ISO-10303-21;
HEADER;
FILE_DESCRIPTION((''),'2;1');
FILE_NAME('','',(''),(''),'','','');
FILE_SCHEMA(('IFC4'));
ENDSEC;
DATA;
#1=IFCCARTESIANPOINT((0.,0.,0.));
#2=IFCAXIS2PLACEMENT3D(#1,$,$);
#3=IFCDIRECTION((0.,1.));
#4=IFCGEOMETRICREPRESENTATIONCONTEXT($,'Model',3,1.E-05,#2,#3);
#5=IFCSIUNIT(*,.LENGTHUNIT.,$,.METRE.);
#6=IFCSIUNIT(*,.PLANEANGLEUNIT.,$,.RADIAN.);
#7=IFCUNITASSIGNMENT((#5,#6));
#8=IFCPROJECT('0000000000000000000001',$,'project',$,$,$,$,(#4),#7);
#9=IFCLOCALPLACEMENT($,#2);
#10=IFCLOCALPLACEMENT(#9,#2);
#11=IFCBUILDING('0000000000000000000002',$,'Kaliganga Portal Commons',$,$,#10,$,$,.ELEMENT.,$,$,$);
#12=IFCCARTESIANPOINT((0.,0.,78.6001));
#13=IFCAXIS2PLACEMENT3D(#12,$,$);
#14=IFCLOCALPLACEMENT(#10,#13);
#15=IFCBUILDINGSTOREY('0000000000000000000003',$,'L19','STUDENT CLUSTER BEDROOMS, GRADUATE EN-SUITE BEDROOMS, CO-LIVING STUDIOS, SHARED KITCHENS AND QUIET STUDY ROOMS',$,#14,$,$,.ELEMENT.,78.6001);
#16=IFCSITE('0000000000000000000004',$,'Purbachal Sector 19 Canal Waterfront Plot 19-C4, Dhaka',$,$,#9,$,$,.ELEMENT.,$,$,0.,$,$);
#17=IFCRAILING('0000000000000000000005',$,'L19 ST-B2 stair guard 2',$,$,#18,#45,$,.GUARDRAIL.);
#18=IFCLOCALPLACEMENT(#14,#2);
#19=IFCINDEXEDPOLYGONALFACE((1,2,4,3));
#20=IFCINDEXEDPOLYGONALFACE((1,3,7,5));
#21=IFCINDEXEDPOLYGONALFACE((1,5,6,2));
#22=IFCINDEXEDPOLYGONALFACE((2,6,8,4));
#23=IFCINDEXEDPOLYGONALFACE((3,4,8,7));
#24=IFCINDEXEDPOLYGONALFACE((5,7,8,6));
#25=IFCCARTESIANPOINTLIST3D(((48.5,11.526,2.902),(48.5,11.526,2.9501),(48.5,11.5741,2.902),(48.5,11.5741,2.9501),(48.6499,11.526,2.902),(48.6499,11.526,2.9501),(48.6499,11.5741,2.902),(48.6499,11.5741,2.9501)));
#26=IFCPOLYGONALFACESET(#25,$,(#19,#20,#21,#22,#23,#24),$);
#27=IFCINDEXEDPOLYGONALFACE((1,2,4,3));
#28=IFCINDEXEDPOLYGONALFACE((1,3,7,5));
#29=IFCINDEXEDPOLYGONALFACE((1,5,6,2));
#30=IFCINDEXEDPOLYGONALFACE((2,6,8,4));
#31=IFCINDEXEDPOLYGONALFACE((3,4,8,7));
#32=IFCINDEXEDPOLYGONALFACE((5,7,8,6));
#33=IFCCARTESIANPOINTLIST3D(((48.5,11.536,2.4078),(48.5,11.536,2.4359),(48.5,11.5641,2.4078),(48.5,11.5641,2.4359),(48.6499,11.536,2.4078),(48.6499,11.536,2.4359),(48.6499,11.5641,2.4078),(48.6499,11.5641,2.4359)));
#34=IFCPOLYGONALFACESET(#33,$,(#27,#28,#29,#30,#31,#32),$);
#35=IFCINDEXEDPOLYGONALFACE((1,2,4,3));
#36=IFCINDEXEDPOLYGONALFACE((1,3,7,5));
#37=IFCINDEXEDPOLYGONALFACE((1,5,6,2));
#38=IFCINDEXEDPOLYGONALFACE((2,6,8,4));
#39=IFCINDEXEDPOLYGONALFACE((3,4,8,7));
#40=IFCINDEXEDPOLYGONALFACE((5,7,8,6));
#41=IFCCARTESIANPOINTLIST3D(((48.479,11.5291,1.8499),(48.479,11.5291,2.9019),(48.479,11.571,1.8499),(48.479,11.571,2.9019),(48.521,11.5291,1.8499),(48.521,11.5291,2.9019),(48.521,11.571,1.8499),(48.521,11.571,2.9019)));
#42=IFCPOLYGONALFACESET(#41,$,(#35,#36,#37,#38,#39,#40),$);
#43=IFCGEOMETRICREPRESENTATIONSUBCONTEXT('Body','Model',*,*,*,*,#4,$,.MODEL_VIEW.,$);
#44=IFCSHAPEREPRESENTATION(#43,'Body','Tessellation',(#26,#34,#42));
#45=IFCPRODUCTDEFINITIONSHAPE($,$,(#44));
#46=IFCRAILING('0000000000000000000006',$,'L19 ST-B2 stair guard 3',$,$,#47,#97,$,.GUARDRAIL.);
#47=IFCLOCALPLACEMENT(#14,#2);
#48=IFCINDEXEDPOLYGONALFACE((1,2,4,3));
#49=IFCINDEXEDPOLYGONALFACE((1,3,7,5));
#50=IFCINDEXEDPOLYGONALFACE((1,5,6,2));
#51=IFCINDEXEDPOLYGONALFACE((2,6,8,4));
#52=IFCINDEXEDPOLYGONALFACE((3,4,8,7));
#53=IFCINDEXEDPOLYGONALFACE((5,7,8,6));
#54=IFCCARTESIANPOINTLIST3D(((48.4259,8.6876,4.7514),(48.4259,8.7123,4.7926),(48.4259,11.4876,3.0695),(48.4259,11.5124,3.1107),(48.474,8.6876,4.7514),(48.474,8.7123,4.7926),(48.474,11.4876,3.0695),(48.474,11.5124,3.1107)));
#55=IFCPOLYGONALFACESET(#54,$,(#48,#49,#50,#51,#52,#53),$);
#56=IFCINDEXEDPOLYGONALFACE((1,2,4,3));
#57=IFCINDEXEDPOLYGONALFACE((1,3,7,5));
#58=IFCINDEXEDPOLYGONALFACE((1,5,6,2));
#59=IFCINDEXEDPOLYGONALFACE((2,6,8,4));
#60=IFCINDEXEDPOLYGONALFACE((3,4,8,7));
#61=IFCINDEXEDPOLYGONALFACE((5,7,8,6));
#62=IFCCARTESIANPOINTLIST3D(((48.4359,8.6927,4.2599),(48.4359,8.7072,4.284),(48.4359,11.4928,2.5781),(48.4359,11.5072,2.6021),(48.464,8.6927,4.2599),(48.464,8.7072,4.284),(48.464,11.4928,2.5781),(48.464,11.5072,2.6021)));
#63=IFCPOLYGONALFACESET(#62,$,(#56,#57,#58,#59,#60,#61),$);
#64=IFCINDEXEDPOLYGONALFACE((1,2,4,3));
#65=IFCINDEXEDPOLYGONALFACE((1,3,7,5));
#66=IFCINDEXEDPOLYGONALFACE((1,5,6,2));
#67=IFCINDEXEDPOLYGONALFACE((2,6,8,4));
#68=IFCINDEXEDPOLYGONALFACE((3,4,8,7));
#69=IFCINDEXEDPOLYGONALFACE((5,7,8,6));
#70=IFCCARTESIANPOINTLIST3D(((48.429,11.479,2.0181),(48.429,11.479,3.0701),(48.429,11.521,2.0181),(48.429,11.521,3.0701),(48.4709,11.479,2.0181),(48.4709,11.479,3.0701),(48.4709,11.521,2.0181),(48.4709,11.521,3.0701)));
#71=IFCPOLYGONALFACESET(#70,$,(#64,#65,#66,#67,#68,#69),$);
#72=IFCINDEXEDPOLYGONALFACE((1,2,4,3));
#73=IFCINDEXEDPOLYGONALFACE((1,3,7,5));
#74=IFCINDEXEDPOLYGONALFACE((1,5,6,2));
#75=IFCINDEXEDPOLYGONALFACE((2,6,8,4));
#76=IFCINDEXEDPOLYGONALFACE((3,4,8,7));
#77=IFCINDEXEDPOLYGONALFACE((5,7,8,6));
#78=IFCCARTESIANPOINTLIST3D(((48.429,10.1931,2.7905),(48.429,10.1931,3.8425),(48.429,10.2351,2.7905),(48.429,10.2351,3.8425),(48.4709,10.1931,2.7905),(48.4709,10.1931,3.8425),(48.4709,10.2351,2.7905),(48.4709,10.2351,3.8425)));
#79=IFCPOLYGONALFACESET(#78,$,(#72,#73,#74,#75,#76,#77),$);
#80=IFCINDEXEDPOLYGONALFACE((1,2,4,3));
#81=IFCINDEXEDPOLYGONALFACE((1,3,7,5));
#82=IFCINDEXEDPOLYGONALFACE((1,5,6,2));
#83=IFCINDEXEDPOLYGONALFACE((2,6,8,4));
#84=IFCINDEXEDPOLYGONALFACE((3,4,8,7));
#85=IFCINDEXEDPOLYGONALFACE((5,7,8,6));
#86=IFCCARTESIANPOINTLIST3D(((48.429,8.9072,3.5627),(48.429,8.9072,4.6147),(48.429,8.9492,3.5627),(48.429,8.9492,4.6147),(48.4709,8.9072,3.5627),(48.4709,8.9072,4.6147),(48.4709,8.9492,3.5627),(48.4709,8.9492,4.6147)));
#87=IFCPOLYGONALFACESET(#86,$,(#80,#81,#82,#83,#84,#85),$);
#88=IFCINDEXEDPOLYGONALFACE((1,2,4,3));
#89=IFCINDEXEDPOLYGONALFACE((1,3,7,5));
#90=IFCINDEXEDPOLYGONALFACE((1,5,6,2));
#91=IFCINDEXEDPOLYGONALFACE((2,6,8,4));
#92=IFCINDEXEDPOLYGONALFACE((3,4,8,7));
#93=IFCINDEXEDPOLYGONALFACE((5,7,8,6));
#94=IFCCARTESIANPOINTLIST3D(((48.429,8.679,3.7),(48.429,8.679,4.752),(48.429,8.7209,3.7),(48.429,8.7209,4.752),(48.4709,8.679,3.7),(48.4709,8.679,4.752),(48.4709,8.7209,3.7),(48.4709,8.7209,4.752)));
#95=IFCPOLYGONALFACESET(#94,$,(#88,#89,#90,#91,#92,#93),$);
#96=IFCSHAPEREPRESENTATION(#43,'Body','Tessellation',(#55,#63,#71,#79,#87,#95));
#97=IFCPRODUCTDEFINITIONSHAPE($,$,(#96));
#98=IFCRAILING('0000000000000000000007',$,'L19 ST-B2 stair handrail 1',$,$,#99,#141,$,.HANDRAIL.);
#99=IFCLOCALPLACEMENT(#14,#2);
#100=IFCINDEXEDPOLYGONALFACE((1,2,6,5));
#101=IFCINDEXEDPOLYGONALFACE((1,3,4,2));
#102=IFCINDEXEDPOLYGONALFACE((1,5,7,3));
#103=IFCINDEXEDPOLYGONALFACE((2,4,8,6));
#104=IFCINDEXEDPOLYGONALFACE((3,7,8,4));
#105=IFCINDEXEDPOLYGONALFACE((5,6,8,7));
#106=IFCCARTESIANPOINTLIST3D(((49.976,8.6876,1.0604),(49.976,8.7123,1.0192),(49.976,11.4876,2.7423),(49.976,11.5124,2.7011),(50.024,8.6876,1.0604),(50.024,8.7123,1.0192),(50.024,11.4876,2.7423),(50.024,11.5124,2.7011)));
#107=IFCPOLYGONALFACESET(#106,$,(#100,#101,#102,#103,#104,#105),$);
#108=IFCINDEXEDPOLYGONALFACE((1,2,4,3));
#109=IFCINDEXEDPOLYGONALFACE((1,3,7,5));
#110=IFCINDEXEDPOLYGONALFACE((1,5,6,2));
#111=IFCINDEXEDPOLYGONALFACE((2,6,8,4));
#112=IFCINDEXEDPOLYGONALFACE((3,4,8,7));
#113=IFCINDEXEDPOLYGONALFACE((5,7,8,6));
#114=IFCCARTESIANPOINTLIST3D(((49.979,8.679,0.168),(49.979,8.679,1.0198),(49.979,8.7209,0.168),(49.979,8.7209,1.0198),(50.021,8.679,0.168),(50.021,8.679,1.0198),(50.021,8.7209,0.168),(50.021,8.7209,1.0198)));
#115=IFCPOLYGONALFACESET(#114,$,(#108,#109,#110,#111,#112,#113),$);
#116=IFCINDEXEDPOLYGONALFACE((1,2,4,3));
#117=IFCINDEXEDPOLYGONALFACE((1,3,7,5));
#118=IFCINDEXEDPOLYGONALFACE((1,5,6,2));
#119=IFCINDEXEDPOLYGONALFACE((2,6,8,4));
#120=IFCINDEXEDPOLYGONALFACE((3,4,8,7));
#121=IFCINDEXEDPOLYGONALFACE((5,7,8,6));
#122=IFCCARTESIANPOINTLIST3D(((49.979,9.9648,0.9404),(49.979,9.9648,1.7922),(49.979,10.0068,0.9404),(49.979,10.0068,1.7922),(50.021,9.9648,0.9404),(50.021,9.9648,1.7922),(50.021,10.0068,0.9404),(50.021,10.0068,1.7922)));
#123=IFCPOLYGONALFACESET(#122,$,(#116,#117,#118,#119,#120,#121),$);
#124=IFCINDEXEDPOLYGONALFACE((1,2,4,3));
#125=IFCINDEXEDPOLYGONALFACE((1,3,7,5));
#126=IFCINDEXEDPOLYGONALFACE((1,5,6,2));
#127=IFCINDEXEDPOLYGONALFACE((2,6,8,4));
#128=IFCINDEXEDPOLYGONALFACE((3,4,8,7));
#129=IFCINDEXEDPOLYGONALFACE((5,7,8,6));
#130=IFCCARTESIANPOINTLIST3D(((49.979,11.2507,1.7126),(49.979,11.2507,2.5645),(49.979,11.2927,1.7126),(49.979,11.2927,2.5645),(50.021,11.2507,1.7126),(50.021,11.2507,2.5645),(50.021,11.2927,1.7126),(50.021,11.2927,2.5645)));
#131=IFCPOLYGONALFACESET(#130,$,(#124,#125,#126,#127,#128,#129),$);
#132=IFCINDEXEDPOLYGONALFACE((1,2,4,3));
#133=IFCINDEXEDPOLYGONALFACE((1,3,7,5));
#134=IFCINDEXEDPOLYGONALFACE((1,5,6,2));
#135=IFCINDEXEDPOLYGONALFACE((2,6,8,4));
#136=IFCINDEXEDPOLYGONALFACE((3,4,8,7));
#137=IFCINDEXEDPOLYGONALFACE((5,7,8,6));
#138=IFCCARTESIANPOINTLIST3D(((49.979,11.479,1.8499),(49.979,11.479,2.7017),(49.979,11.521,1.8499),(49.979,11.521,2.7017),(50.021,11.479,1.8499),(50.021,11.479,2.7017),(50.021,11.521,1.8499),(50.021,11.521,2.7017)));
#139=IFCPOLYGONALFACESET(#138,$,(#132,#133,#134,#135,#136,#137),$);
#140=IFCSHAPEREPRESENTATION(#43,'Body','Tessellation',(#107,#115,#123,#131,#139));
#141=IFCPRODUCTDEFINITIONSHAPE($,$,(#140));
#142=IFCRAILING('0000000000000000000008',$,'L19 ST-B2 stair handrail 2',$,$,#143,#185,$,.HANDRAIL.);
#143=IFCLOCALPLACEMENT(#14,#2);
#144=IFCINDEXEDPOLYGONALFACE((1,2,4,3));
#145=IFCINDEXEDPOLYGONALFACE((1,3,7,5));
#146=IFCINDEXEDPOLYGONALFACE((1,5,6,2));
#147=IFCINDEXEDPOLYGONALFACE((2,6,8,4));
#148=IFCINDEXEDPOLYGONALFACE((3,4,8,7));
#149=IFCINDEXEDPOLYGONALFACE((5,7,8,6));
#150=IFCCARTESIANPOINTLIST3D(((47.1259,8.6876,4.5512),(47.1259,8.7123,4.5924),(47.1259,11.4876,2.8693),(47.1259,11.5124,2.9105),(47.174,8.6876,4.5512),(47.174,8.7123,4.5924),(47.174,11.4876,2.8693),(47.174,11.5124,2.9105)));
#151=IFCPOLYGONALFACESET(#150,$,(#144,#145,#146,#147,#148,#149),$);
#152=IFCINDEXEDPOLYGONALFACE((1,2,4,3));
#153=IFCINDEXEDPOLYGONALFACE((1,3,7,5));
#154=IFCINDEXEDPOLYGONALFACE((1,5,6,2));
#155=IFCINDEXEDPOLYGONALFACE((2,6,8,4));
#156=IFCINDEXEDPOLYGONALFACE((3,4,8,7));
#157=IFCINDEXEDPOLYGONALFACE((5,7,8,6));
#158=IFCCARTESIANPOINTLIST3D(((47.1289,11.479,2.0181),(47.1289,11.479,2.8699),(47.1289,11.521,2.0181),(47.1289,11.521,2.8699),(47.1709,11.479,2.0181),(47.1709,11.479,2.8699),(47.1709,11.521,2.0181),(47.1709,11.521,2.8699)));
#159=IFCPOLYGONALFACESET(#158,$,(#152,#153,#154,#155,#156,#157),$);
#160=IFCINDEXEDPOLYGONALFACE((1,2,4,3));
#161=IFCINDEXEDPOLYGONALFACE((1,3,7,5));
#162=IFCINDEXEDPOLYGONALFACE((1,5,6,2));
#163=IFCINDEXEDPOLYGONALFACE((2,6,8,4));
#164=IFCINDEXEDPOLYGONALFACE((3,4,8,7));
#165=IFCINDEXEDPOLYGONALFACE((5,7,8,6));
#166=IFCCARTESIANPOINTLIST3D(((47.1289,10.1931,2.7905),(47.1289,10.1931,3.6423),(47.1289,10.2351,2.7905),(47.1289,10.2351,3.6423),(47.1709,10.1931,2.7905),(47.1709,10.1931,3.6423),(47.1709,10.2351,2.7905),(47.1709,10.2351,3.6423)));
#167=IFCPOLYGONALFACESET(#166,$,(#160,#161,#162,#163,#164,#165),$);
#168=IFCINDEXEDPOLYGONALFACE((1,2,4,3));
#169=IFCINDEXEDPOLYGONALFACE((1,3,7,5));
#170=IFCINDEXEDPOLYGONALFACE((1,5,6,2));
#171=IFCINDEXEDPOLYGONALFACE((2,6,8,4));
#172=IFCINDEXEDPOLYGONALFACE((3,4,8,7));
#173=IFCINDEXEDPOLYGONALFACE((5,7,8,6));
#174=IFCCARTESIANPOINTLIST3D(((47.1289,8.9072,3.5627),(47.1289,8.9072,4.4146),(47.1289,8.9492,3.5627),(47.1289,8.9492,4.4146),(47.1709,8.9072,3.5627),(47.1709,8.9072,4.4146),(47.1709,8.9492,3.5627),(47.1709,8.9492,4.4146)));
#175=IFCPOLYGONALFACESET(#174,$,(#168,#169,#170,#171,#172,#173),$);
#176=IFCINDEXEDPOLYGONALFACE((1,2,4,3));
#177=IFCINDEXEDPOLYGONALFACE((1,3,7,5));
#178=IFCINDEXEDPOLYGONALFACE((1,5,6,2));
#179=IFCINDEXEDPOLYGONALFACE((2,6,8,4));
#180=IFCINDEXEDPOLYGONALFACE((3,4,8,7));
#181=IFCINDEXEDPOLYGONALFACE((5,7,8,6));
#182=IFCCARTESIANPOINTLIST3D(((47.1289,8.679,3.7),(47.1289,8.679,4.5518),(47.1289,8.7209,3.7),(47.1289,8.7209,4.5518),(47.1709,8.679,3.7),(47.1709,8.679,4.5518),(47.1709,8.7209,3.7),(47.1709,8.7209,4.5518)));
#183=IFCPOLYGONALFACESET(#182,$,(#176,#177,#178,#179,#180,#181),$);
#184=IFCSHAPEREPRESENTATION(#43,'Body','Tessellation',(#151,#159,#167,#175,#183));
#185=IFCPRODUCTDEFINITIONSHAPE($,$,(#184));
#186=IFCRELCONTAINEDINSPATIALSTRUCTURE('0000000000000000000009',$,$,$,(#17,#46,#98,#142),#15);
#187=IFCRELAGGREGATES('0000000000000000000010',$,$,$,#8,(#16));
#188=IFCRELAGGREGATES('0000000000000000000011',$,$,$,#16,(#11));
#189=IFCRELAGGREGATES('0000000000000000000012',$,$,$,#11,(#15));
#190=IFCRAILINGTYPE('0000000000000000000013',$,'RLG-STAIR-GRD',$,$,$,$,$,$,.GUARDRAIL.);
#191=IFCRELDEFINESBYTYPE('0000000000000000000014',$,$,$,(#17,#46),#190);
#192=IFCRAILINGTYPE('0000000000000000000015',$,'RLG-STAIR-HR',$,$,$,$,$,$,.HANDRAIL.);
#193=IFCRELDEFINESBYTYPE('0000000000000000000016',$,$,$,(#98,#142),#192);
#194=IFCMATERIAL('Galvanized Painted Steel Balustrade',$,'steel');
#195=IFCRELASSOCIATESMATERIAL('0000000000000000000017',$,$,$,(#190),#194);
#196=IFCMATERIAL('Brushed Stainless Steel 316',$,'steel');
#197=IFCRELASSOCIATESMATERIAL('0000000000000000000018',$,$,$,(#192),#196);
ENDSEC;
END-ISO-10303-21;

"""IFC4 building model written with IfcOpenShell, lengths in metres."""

from ifc_helpers import new_model, si_unit, direction, frame, origin, origin_2d, place, context, subcontext, project, spatial, rectangle, extrude, material, type_object, element, save


model = new_model("IFC4")

# Units and contexts
model_context = context("Model", 3, precision=1e-05, world=origin(), true_north=direction((0.0, 1.0)))
body_context = subcontext(model_context, "Body", "Model", "MODEL_VIEW")
ifc_project = project(units=[si_unit("LENGTHUNIT", "METRE"), si_unit("PLANEANGLEUNIT", "RADIAN")], contexts=[model_context])

# Site, building, storey
site_placement = place(None, origin())
site = spatial("IfcSite", under=ifc_project, at=site_placement, Name="Purbachal Sector 19 Canal Waterfront Plot 19-C4, Dhaka", CompositionType="ELEMENT", RefElevation=0.0)
building_placement = place(site_placement, origin())
building = spatial("IfcBuilding", under=site, at=building_placement, Name="Kaliganga Portal Commons", CompositionType="ELEMENT")
storey_placement = place(building_placement, frame((0.0, 0.0, 78.6001)))
storey = spatial("IfcBuildingStorey", under=building, at=storey_placement, Name="L19", Description="STUDENT CLUSTER BEDROOMS, GRADUATE EN-SUITE BEDROOMS, CO-LIVING STUDIOS, SHARED KITCHENS AND QUIET STUDY ROOMS", CompositionType="ELEMENT", Elevation=78.6001)

# Railings
ifc_material_1 = material(Name="Galvanized Painted Steel Balustrade", Category="steel")
railing_type_1 = type_object("IfcRailingType", Name="RLG-STAIR-GRD", PredefinedType="GUARDRAIL", material=ifc_material_1)
railing_1_placement = place(storey_placement, frame((48.6499, 11.55, 1.8499)))
element("IfcRailing", 1, at=railing_1_placement, inside=storey, type_object=railing_type_1, Name="L19 ST-B2 stair guard 2", PredefinedType="GUARDRAIL", context=body_context, shape_type="SweptSolid", body=[
    extrude(rectangle(XDim=0.0481, YDim=0.0481, at=origin_2d()), frame((0.0, 0.0, 1.0762), z_axis=(-1.0, 0.0, 0.0), x_axis=(0.0, -1.0, 0.0)), (0.0, 0.0, 1.0), 0.1499),
    extrude(rectangle(XDim=0.0281, YDim=0.0281, at=origin_2d()), frame((0.0, 0.0, 0.572), z_axis=(-1.0, 0.0, 0.0), x_axis=(0.0, -1.0, 0.0)), (0.0, 0.0, 1.0), 0.1499),
    extrude(rectangle(XDim=0.042, YDim=0.042, at=origin_2d()), frame((-0.1499, 0.0, 0.0)), (0.0, 0.0, 1.0), 1.052),
])
railing_2_placement = place(storey_placement, frame((48.45, 11.5, 2.0181)))
element("IfcRailing", 2, at=railing_2_placement, inside=storey, type_object=railing_type_1, Name="L19 ST-B2 stair guard 3", PredefinedType="GUARDRAIL", context=body_context, shape_type="SweptSolid", body=[
    extrude(rectangle(XDim=0.0481, YDim=0.0481, at=origin_2d()), frame((0.0, 0.0, 1.072), z_axis=(0.0, -0.857242, 0.514913), x_axis=(1.0, 0.0, 0.0)), (0.0, 0.0, 1.0), 3.2664),
    extrude(rectangle(XDim=0.0281, YDim=0.0281, at=origin_2d()), frame((0.0, 0.0, 0.572), z_axis=(0.0, -0.857242, 0.514913), x_axis=(1.0, 0.0, 0.0)), (0.0, 0.0, 1.0), 3.2664),
    extrude(rectangle(XDim=0.042, YDim=0.042, at=origin_2d()), origin(), (0.0, 0.0, 1.0), 1.052),
    extrude(rectangle(XDim=0.042, YDim=0.042, at=origin_2d()), frame((0.0, -1.2859, 0.7725)), (0.0, 0.0, 1.0), 1.052),
    extrude(rectangle(XDim=0.042, YDim=0.042, at=origin_2d()), frame((0.0, -2.5718, 1.5447)), (0.0, 0.0, 1.0), 1.052),
    extrude(rectangle(XDim=0.042, YDim=0.042, at=origin_2d()), frame((0.0, -2.8, 1.6819)), (0.0, 0.0, 1.0), 1.052),
])
ifc_material_2 = material(Name="Brushed Stainless Steel 316", Category="steel")
railing_type_2 = type_object("IfcRailingType", Name="RLG-STAIR-HR", PredefinedType="HANDRAIL", material=ifc_material_2)
railing_3_placement = place(storey_placement, frame((50.0, 8.7, 0.168)))
element("IfcRailing", 3, at=railing_3_placement, inside=storey, type_object=railing_type_2, Name="L19 ST-B2 stair handrail 1", PredefinedType="HANDRAIL", context=body_context, shape_type="SweptSolid", body=[
    extrude(rectangle(XDim=0.0481, YDim=0.0481, at=origin_2d()), frame((0.0, 0.0, 0.8718), z_axis=(0.0, 0.857242, 0.514913), x_axis=(-1.0, 0.0, 0.0)), (0.0, 0.0, 1.0), 3.2664),
    extrude(rectangle(XDim=0.042, YDim=0.042, at=origin_2d()), origin(), (0.0, 0.0, 1.0), 0.8518),
    extrude(rectangle(XDim=0.042, YDim=0.042, at=origin_2d()), frame((0.0, 1.2859, 0.7725)), (0.0, 0.0, 1.0), 0.8518),
    extrude(rectangle(XDim=0.042, YDim=0.042, at=origin_2d()), frame((0.0, 2.5718, 1.5447)), (0.0, 0.0, 1.0), 0.8518),
    extrude(rectangle(XDim=0.042, YDim=0.042, at=origin_2d()), frame((0.0, 2.8, 1.6819)), (0.0, 0.0, 1.0), 0.8518),
])
railing_4_placement = place(storey_placement, frame((47.1499, 11.5, 2.0181)))
element("IfcRailing", 4, at=railing_4_placement, inside=storey, type_object=railing_type_2, Name="L19 ST-B2 stair handrail 2", PredefinedType="HANDRAIL", context=body_context, shape_type="SweptSolid", body=[
    extrude(rectangle(XDim=0.0481, YDim=0.0481, at=origin_2d()), frame((0.0, 0.0, 0.8718), z_axis=(0.0, -0.857242, 0.514913), x_axis=(1.0, 0.0, 0.0)), (0.0, 0.0, 1.0), 3.2664),
    extrude(rectangle(XDim=0.042, YDim=0.042, at=origin_2d()), origin(), (0.0, 0.0, 1.0), 0.8518),
    extrude(rectangle(XDim=0.042, YDim=0.042, at=origin_2d()), frame((0.0, -1.2859, 0.7725)), (0.0, 0.0, 1.0), 0.8518),
    extrude(rectangle(XDim=0.042, YDim=0.042, at=origin_2d()), frame((0.0, -2.5718, 1.5447)), (0.0, 0.0, 1.0), 0.8518),
    extrude(rectangle(XDim=0.042, YDim=0.042, at=origin_2d()), frame((0.0, -2.8, 1.6819)), (0.0, 0.0, 1.0), 0.8518),
])

save(model, "model.ifc")
